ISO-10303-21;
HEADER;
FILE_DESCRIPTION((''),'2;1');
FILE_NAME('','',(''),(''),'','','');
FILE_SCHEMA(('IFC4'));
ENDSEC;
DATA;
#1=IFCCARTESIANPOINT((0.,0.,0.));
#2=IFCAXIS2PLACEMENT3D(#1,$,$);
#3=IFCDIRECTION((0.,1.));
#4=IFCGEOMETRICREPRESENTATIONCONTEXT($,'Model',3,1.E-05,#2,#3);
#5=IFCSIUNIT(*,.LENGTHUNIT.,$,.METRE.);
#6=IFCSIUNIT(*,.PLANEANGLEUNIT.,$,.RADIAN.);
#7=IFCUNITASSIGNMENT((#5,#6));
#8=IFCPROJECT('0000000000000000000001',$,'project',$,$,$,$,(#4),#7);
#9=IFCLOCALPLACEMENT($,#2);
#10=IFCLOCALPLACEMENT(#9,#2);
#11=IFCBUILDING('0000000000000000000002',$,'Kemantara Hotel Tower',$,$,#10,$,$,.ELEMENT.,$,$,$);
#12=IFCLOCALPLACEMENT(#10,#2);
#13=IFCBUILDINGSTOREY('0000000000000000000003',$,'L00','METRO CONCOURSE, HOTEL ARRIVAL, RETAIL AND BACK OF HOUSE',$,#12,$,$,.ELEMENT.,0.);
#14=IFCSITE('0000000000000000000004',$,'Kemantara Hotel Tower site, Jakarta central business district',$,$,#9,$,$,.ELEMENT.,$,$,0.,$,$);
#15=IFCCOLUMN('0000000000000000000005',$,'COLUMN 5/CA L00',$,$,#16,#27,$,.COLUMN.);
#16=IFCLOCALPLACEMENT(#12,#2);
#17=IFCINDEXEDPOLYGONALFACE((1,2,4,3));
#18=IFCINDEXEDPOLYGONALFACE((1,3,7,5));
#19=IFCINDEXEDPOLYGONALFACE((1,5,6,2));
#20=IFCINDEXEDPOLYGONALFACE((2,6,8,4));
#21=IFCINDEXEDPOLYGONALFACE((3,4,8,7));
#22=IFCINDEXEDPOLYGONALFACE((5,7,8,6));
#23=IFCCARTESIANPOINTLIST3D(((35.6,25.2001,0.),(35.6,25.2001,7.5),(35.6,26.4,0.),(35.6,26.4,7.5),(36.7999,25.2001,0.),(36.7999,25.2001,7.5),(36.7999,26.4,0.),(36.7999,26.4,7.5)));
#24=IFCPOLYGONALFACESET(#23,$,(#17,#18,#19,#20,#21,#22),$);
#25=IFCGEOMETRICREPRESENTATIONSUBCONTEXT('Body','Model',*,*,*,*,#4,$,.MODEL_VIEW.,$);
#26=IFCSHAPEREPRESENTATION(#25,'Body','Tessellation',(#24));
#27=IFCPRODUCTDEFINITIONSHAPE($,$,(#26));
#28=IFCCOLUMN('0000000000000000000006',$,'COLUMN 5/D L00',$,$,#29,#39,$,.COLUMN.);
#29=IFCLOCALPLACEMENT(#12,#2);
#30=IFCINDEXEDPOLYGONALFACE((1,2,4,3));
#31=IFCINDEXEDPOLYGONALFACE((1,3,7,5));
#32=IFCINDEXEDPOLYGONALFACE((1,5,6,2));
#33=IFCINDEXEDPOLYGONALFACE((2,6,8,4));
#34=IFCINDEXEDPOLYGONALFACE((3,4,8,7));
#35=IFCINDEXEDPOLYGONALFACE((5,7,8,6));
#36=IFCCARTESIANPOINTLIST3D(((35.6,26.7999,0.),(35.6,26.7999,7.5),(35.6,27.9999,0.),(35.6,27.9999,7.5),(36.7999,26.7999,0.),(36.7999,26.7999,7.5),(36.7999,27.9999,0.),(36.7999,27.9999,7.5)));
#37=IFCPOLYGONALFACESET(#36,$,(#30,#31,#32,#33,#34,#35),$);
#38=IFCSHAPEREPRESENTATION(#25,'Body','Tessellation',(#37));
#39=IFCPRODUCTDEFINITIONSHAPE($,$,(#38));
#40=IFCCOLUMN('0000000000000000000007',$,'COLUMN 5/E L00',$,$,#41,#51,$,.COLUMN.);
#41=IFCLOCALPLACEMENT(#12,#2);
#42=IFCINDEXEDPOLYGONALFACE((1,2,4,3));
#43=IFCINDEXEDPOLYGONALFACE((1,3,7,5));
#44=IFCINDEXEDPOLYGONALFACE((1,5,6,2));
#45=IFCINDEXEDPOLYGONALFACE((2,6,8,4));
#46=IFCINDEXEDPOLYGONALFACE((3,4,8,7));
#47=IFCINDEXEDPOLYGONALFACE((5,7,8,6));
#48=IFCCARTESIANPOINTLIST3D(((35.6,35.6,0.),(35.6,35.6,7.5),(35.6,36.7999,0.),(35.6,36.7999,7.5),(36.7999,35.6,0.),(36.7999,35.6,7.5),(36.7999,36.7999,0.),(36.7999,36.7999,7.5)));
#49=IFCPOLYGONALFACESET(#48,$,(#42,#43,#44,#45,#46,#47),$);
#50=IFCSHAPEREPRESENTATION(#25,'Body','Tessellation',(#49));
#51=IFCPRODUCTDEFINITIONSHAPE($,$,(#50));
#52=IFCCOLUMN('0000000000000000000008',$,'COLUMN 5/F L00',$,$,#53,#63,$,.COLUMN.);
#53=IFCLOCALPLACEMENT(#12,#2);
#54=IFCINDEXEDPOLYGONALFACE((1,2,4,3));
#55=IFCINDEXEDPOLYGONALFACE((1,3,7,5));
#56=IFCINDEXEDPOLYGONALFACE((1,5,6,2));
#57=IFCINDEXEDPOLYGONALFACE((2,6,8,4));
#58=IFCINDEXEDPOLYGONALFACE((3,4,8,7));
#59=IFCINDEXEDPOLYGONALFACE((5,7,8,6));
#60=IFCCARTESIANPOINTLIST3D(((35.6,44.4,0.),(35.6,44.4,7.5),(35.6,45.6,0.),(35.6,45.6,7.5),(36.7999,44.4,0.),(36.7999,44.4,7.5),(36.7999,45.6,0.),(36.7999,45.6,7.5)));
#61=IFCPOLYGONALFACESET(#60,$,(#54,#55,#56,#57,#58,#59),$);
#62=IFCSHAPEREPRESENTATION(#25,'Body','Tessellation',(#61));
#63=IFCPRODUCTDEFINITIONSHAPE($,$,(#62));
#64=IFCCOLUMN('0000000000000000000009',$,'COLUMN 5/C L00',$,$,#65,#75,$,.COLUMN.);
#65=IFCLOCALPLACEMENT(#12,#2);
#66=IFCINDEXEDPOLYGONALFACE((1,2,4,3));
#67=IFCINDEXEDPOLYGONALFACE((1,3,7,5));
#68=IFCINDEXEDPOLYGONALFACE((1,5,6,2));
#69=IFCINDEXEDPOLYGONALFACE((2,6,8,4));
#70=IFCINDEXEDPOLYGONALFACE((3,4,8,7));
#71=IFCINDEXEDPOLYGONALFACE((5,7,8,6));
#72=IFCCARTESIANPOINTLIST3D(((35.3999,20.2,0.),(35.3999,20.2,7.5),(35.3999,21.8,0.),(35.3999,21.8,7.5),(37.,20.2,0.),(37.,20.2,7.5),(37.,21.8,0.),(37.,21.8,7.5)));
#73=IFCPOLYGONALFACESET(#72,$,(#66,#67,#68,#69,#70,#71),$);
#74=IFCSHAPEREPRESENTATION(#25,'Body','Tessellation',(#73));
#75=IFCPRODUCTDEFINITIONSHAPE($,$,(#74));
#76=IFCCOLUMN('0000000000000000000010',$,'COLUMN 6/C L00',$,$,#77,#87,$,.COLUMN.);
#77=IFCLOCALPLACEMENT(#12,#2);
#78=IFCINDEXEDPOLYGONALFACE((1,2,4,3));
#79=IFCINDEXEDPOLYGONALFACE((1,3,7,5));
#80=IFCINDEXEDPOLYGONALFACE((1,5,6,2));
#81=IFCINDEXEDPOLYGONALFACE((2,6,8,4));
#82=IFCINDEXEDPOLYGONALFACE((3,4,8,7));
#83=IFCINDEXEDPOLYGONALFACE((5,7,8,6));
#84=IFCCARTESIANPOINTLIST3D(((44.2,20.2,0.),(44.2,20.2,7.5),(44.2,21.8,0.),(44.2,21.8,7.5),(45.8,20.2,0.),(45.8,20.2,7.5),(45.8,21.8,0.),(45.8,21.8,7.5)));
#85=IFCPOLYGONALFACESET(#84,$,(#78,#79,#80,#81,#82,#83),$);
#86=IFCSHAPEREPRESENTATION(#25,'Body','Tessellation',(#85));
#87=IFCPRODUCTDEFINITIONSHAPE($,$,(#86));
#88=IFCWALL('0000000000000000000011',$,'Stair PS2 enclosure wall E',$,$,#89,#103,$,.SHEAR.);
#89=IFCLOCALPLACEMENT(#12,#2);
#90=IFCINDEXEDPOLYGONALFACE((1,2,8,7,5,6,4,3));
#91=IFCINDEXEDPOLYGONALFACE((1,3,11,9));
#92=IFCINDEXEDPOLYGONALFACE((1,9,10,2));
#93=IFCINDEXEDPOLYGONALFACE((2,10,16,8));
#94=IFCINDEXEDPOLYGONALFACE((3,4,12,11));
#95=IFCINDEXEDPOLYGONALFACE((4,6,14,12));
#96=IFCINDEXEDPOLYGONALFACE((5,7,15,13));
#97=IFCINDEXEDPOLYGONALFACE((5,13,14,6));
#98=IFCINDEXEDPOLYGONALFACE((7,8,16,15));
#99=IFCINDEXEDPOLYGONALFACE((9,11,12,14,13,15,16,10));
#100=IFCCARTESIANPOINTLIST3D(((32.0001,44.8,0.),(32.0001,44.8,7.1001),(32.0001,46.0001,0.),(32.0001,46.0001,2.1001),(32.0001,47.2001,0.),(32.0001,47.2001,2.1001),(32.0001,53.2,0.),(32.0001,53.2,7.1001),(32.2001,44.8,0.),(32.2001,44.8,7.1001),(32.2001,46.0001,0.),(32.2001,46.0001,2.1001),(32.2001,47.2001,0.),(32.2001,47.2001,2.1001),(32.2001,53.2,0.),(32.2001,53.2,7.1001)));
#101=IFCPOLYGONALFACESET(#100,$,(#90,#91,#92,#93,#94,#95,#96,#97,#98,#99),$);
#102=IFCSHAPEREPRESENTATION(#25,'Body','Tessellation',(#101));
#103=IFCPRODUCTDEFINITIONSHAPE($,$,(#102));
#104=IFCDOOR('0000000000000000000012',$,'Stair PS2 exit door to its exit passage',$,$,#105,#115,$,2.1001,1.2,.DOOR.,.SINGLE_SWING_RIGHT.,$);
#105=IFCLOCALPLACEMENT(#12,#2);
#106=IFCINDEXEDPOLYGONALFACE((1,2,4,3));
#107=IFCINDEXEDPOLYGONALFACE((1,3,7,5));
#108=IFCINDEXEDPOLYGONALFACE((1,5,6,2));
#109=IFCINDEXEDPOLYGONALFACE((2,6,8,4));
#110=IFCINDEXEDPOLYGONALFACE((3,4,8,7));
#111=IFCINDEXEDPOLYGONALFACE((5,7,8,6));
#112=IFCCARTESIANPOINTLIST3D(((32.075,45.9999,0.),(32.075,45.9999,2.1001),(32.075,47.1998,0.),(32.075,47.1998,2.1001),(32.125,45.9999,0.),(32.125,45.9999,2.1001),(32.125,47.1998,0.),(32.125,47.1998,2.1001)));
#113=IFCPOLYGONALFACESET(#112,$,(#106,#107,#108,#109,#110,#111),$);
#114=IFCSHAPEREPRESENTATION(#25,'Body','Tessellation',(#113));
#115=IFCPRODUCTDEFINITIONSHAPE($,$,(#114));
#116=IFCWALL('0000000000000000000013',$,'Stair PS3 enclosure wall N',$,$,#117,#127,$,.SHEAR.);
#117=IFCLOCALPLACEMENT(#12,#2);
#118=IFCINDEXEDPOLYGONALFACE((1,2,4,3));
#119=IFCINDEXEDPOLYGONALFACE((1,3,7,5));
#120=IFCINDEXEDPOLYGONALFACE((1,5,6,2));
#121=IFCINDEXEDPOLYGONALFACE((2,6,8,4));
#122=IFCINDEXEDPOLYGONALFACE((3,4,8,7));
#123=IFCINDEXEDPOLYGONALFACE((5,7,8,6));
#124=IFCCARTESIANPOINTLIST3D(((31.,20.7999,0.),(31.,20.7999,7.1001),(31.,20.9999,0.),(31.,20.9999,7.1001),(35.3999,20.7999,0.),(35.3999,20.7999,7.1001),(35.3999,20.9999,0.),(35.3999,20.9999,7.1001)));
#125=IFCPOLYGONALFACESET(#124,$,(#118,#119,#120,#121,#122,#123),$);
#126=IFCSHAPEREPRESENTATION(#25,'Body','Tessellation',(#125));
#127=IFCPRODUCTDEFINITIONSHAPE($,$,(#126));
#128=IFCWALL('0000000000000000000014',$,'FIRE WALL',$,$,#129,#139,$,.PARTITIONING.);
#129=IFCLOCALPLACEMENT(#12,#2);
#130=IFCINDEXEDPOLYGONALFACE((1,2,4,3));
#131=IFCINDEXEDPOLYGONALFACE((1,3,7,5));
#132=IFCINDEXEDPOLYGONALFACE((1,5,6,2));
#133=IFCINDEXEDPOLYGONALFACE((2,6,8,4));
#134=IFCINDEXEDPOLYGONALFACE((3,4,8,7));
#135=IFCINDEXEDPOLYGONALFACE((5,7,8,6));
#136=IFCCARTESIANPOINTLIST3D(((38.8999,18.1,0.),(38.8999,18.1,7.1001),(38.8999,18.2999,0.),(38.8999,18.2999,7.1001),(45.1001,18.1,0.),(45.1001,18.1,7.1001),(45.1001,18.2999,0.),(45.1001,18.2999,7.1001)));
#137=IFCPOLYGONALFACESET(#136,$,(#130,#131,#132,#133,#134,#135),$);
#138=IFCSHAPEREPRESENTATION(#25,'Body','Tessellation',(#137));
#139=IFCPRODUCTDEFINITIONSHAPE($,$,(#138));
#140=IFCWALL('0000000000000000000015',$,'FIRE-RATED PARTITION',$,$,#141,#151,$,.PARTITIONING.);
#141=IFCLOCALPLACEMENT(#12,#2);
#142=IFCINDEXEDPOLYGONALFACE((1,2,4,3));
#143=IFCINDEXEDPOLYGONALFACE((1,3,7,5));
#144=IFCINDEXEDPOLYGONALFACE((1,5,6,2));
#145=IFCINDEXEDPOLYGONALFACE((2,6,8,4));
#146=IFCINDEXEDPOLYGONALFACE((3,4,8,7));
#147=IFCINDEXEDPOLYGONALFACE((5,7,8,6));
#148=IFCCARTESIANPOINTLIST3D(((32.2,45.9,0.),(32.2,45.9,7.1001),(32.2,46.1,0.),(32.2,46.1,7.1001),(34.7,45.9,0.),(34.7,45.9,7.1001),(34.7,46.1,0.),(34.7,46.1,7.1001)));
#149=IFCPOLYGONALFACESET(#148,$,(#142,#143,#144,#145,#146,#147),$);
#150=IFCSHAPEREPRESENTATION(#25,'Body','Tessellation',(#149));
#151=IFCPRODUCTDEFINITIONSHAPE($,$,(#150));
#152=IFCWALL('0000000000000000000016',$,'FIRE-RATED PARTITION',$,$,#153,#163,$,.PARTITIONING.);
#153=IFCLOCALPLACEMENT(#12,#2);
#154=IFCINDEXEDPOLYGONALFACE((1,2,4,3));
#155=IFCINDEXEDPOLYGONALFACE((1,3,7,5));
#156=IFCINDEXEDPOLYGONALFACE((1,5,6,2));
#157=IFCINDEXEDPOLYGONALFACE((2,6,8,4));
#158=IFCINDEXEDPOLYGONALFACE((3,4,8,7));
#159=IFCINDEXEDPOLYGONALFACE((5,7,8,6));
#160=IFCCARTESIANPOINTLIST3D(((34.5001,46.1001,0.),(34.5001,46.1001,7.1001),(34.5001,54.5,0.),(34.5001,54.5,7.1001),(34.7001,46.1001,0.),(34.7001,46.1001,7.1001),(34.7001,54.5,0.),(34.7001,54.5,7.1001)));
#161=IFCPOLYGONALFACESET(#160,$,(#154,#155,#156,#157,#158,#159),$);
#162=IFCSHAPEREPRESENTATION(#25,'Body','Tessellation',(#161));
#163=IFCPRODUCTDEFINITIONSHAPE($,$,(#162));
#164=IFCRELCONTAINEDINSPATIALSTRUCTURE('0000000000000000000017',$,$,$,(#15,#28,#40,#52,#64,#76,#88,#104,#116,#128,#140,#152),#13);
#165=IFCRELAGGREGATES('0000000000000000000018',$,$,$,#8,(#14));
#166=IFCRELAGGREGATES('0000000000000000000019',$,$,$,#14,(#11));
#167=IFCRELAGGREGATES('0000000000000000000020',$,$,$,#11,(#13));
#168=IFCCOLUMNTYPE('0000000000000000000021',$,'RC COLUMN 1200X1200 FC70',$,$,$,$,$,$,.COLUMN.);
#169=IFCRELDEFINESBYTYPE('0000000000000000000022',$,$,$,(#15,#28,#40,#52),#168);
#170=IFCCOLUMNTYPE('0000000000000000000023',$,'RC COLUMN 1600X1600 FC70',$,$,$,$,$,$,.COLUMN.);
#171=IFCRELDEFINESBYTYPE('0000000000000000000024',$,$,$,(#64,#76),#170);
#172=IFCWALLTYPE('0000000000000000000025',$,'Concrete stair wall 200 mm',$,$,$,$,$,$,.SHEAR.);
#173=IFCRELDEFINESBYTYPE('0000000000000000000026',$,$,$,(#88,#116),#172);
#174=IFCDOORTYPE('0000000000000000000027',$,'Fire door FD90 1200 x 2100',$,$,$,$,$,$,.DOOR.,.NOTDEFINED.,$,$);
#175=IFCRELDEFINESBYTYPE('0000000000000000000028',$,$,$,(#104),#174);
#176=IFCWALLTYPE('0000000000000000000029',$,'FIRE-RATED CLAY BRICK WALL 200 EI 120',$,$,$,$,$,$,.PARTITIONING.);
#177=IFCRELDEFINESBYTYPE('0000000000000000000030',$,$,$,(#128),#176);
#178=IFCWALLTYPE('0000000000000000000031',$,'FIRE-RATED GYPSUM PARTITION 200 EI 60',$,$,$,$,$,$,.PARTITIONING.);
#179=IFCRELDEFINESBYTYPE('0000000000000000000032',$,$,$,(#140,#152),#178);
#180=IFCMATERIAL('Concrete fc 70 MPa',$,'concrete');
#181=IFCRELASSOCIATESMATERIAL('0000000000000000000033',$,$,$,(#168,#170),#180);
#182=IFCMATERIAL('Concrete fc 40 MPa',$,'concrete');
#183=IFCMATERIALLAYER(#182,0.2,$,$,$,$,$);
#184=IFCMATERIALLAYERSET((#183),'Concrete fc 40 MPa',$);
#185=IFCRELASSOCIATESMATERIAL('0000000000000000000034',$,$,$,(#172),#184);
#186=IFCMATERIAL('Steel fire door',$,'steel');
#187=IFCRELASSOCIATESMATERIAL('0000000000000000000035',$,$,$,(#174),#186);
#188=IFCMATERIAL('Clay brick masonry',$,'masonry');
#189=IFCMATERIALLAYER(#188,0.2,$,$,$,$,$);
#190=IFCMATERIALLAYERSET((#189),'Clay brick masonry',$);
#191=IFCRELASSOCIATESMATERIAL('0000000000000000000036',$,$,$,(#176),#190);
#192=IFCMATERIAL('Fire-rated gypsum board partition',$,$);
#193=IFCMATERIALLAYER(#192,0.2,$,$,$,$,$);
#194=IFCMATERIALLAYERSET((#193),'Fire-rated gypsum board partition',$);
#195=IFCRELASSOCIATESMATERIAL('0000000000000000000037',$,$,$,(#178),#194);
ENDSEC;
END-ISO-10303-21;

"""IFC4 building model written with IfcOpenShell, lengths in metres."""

from ifc_helpers import new_model, si_unit, direction, frame, frame_2d, origin, origin_2d, place, context, subcontext, project, spatial, rectangle, extrude, material, layer, layer_set, material_profile, profile_set, type_object, element, fill, save


model = new_model("IFC4")

# Units and contexts
model_context = context("Model", 3, precision=1e-05, world=origin(), true_north=direction((0.0, 1.0)))
body_context = subcontext(model_context, "Body", "Model", "MODEL_VIEW")
ifc_project = project(units=[si_unit("LENGTHUNIT", "METRE"), si_unit("PLANEANGLEUNIT", "RADIAN")], contexts=[model_context])

# Site, building, storey
site_placement = place(None, origin())
site = spatial("IfcSite", under=ifc_project, at=site_placement, Name="Kemantara Hotel Tower site, Jakarta central business district", CompositionType="ELEMENT", RefElevation=0.0)
building_placement = place(site_placement, origin())
building = spatial("IfcBuilding", under=site, at=building_placement, Name="Kemantara Hotel Tower", CompositionType="ELEMENT")
storey_placement = place(building_placement, origin())
storey = spatial("IfcBuildingStorey", under=building, at=storey_placement, Name="L00", Description="METRO CONCOURSE, HOTEL ARRIVAL, RETAIL AND BACK OF HOUSE", CompositionType="ELEMENT", Elevation=0.0)

# Columns
ifc_material_1 = material(Name="Concrete fc 70 MPa", Category="concrete")
ifc_material_profile_1 = material_profile(ifc_material_1, rectangle(XDim=1.2, YDim=1.2, at=origin_2d()), Name="RC 1200X1200")
ifc_profile_set_1 = profile_set([ifc_material_profile_1], Name="Concrete fc 70 MPa")
column_type_1 = type_object("IfcColumnType", Name="RC COLUMN 1200X1200 FC70", PredefinedType="COLUMN", material=ifc_profile_set_1)
for number, where, z_axis, x_axis, name in (
    (1, (36.2, 25.8, 0.0), (0.0, 0.0, 1.0), (1.0, 0.0, 0.0), "COLUMN 5/CA L00"),
    (2, (36.2, 27.3999, 0.0), (0.0, 0.0, 1.0), (1.0, 0.0, 0.0), "COLUMN 5/D L00"),
    (3, (36.2, 36.2, 0.0), (0.0, 0.0, 1.0), (1.0, 0.0, 0.0), "COLUMN 5/E L00"),
    (4, (36.2, 45.0, 0.0), (0.0, 0.0, 1.0), (1.0, 0.0, 0.0), "COLUMN 5/F L00"),
):
    element("IfcColumn", number, at=place(storey_placement, frame(where, z_axis=z_axis, x_axis=x_axis)), inside=storey, type_object=column_type_1, Name=name, PredefinedType="COLUMN", context=body_context, shape_type="SweptSolid", body=[
        extrude(rectangle(XDim=1.2, YDim=1.2, at=origin_2d()), origin(), (0.0, 0.0, 1.0), 7.5),
    ])
ifc_material_profile_2 = material_profile(ifc_material_1, rectangle(XDim=1.6001, YDim=1.6001, at=origin_2d()), Name="RC 1600X1600")
ifc_profile_set_2 = profile_set([ifc_material_profile_2], Name="Concrete fc 70 MPa")
column_type_2 = type_object("IfcColumnType", Name="RC COLUMN 1600X1600 FC70", PredefinedType="COLUMN", material=ifc_profile_set_2)
for number, where, z_axis, x_axis, name in (
    (5, (36.2, 21.0, 0.0), (0.0, 0.0, 1.0), (1.0, 0.0, 0.0), "COLUMN 5/C L00"),
    (6, (45.0, 21.0, 0.0), (0.0, 0.0, 1.0), (1.0, 0.0, 0.0), "COLUMN 6/C L00"),
):
    element("IfcColumn", number, at=place(storey_placement, frame(where, z_axis=z_axis, x_axis=x_axis)), inside=storey, type_object=column_type_2, Name=name, PredefinedType="COLUMN", context=body_context, shape_type="SweptSolid", body=[
        extrude(rectangle(XDim=1.6001, YDim=1.6001, at=origin_2d()), origin(), (0.0, 0.0, 1.0), 7.5),
    ])

# Wall, opening, door
ifc_material_2 = material(Name="Concrete fc 40 MPa", Category="concrete")
ifc_layer_1 = layer(ifc_material_2, 0.2)
ifc_layer_set_1 = layer_set([ifc_layer_1], Name="Concrete fc 40 MPa")
wall_type_1 = type_object("IfcWallType", Name="Concrete stair wall 200 mm", PredefinedType="SHEAR", material=ifc_layer_set_1)
wall_1_placement = place(storey_placement, frame((32.1001, 44.8, 0.0), z_axis=(0.0, 0.0, 1.0), x_axis=(0.0, 1.0, 0.0)))
wall_1 = element("IfcWall", 7, at=wall_1_placement, inside=storey, type_object=wall_type_1, Name="Stair PS2 enclosure wall E", PredefinedType="SHEAR", context=body_context, shape_type="SweptSolid", body=[
    extrude(rectangle(XDim=8.3999, YDim=0.2, at=frame_2d((4.2, 0.0))), origin(), (0.0, 0.0, 1.0), 7.1001),
])
opening_1_placement = place(wall_1_placement, frame((1.2, 0.0, 0.0)))
opening_1 = element("IfcOpeningElement", 8, at=opening_1_placement, cuts=wall_1, PredefinedType="OPENING", context=body_context, shape_type="SweptSolid", body=[
    extrude(rectangle(XDim=1.2, YDim=2.1001, at=frame_2d((0.6001, 1.05))), frame((0.0, 0.1099, 0.0), z_axis=(0.0, -1.0, 0.0), x_axis=(1.0, 0.0, 0.0)), (0.0, 0.0, 1.0), 0.22),
])
ifc_material_3 = material(Name="Steel fire door", Category="steel")
door_type_1 = type_object("IfcDoorType", Name="Fire door FD90 1200 x 2100", OperationType="NOTDEFINED", PredefinedType="DOOR", material=ifc_material_3)
door_1_placement = place(opening_1_placement, frame((1.2, 0.0, 0.0), z_axis=(0.0, 0.0, 1.0), x_axis=(-1.0, 0.0, 0.0)))
door_1 = element("IfcDoor", 9, at=door_1_placement, inside=storey, type_object=door_type_1, Name="Stair PS2 exit door to its exit passage", OperationType="SINGLE_SWING_RIGHT", OverallHeight=2.1001, OverallWidth=1.2, PredefinedType="DOOR", context=body_context, shape_type="SweptSolid", body=[
    extrude(rectangle(XDim=1.2, YDim=2.1001, at=frame_2d((0.6001, 1.05))), frame((0.0, 0.0249, 0.0), z_axis=(0.0, -1.0, 0.0), x_axis=(1.0, 0.0, 0.0)), (0.0, 0.0, 1.0), 0.05),
])
fill(opening_1, door_1)

# Walls
wall_2_placement = place(storey_placement, frame((31.0, 20.8999, 0.0), z_axis=(0.0, 0.0, 1.0), x_axis=(1.0, 0.0, 0.0)))
element("IfcWall", 10, at=wall_2_placement, inside=storey, type_object=wall_type_1, Name="Stair PS3 enclosure wall N", PredefinedType="SHEAR", context=body_context, shape_type="SweptSolid", body=[
    extrude(rectangle(XDim=4.3999, YDim=0.2, at=frame_2d((2.2, 0.0))), origin(), (0.0, 0.0, 1.0), 7.1001),
])
ifc_material_4 = material(Name="Clay brick masonry", Category="masonry")
ifc_layer_2 = layer(ifc_material_4, 0.2)
ifc_layer_set_2 = layer_set([ifc_layer_2], Name="Clay brick masonry")
wall_type_2 = type_object("IfcWallType", Name="FIRE-RATED CLAY BRICK WALL 200 EI 120", PredefinedType="PARTITIONING", material=ifc_layer_set_2)
wall_3_placement = place(storey_placement, frame((38.8999, 18.2, 0.0), z_axis=(0.0, 0.0, 1.0), x_axis=(1.0, 0.0, 0.0)))
element("IfcWall", 11, at=wall_3_placement, inside=storey, type_object=wall_type_2, Name="FIRE WALL", PredefinedType="PARTITIONING", context=body_context, shape_type="SweptSolid", body=[
    extrude(rectangle(XDim=6.2002, YDim=0.2, at=frame_2d((3.1001, 0.0))), origin(), (0.0, 0.0, 1.0), 7.1001),
])
ifc_material_5 = material(Name="Fire-rated gypsum board partition")
ifc_layer_3 = layer(ifc_material_5, 0.2)
ifc_layer_set_3 = layer_set([ifc_layer_3], Name="Fire-rated gypsum board partition")
wall_type_3 = type_object("IfcWallType", Name="FIRE-RATED GYPSUM PARTITION 200 EI 60", PredefinedType="PARTITIONING", material=ifc_layer_set_3)
wall_4_placement = place(storey_placement, frame((32.2, 46.0, 0.0), z_axis=(0.0, 0.0, 1.0), x_axis=(1.0, 0.0, 0.0)))
element("IfcWall", 12, at=wall_4_placement, inside=storey, type_object=wall_type_3, Name="FIRE-RATED PARTITION", PredefinedType="PARTITIONING", context=body_context, shape_type="SweptSolid", body=[
    extrude(rectangle(XDim=2.5, YDim=0.2, at=frame_2d((1.25, 0.0))), origin(), (0.0, 0.0, 1.0), 7.1001),
])
wall_5_placement = place(storey_placement, frame((34.6001, 46.1001, 0.0), z_axis=(0.0, 0.0, 1.0), x_axis=(0.0, 1.0, 0.0)))
element("IfcWall", 13, at=wall_5_placement, inside=storey, type_object=wall_type_3, Name="FIRE-RATED PARTITION", PredefinedType="PARTITIONING", context=body_context, shape_type="SweptSolid", body=[
    extrude(rectangle(XDim=8.3999, YDim=0.2, at=frame_2d((4.2, 0.0))), origin(), (0.0, 0.0, 1.0), 7.1001),
])

save(model, "model.ifc")
